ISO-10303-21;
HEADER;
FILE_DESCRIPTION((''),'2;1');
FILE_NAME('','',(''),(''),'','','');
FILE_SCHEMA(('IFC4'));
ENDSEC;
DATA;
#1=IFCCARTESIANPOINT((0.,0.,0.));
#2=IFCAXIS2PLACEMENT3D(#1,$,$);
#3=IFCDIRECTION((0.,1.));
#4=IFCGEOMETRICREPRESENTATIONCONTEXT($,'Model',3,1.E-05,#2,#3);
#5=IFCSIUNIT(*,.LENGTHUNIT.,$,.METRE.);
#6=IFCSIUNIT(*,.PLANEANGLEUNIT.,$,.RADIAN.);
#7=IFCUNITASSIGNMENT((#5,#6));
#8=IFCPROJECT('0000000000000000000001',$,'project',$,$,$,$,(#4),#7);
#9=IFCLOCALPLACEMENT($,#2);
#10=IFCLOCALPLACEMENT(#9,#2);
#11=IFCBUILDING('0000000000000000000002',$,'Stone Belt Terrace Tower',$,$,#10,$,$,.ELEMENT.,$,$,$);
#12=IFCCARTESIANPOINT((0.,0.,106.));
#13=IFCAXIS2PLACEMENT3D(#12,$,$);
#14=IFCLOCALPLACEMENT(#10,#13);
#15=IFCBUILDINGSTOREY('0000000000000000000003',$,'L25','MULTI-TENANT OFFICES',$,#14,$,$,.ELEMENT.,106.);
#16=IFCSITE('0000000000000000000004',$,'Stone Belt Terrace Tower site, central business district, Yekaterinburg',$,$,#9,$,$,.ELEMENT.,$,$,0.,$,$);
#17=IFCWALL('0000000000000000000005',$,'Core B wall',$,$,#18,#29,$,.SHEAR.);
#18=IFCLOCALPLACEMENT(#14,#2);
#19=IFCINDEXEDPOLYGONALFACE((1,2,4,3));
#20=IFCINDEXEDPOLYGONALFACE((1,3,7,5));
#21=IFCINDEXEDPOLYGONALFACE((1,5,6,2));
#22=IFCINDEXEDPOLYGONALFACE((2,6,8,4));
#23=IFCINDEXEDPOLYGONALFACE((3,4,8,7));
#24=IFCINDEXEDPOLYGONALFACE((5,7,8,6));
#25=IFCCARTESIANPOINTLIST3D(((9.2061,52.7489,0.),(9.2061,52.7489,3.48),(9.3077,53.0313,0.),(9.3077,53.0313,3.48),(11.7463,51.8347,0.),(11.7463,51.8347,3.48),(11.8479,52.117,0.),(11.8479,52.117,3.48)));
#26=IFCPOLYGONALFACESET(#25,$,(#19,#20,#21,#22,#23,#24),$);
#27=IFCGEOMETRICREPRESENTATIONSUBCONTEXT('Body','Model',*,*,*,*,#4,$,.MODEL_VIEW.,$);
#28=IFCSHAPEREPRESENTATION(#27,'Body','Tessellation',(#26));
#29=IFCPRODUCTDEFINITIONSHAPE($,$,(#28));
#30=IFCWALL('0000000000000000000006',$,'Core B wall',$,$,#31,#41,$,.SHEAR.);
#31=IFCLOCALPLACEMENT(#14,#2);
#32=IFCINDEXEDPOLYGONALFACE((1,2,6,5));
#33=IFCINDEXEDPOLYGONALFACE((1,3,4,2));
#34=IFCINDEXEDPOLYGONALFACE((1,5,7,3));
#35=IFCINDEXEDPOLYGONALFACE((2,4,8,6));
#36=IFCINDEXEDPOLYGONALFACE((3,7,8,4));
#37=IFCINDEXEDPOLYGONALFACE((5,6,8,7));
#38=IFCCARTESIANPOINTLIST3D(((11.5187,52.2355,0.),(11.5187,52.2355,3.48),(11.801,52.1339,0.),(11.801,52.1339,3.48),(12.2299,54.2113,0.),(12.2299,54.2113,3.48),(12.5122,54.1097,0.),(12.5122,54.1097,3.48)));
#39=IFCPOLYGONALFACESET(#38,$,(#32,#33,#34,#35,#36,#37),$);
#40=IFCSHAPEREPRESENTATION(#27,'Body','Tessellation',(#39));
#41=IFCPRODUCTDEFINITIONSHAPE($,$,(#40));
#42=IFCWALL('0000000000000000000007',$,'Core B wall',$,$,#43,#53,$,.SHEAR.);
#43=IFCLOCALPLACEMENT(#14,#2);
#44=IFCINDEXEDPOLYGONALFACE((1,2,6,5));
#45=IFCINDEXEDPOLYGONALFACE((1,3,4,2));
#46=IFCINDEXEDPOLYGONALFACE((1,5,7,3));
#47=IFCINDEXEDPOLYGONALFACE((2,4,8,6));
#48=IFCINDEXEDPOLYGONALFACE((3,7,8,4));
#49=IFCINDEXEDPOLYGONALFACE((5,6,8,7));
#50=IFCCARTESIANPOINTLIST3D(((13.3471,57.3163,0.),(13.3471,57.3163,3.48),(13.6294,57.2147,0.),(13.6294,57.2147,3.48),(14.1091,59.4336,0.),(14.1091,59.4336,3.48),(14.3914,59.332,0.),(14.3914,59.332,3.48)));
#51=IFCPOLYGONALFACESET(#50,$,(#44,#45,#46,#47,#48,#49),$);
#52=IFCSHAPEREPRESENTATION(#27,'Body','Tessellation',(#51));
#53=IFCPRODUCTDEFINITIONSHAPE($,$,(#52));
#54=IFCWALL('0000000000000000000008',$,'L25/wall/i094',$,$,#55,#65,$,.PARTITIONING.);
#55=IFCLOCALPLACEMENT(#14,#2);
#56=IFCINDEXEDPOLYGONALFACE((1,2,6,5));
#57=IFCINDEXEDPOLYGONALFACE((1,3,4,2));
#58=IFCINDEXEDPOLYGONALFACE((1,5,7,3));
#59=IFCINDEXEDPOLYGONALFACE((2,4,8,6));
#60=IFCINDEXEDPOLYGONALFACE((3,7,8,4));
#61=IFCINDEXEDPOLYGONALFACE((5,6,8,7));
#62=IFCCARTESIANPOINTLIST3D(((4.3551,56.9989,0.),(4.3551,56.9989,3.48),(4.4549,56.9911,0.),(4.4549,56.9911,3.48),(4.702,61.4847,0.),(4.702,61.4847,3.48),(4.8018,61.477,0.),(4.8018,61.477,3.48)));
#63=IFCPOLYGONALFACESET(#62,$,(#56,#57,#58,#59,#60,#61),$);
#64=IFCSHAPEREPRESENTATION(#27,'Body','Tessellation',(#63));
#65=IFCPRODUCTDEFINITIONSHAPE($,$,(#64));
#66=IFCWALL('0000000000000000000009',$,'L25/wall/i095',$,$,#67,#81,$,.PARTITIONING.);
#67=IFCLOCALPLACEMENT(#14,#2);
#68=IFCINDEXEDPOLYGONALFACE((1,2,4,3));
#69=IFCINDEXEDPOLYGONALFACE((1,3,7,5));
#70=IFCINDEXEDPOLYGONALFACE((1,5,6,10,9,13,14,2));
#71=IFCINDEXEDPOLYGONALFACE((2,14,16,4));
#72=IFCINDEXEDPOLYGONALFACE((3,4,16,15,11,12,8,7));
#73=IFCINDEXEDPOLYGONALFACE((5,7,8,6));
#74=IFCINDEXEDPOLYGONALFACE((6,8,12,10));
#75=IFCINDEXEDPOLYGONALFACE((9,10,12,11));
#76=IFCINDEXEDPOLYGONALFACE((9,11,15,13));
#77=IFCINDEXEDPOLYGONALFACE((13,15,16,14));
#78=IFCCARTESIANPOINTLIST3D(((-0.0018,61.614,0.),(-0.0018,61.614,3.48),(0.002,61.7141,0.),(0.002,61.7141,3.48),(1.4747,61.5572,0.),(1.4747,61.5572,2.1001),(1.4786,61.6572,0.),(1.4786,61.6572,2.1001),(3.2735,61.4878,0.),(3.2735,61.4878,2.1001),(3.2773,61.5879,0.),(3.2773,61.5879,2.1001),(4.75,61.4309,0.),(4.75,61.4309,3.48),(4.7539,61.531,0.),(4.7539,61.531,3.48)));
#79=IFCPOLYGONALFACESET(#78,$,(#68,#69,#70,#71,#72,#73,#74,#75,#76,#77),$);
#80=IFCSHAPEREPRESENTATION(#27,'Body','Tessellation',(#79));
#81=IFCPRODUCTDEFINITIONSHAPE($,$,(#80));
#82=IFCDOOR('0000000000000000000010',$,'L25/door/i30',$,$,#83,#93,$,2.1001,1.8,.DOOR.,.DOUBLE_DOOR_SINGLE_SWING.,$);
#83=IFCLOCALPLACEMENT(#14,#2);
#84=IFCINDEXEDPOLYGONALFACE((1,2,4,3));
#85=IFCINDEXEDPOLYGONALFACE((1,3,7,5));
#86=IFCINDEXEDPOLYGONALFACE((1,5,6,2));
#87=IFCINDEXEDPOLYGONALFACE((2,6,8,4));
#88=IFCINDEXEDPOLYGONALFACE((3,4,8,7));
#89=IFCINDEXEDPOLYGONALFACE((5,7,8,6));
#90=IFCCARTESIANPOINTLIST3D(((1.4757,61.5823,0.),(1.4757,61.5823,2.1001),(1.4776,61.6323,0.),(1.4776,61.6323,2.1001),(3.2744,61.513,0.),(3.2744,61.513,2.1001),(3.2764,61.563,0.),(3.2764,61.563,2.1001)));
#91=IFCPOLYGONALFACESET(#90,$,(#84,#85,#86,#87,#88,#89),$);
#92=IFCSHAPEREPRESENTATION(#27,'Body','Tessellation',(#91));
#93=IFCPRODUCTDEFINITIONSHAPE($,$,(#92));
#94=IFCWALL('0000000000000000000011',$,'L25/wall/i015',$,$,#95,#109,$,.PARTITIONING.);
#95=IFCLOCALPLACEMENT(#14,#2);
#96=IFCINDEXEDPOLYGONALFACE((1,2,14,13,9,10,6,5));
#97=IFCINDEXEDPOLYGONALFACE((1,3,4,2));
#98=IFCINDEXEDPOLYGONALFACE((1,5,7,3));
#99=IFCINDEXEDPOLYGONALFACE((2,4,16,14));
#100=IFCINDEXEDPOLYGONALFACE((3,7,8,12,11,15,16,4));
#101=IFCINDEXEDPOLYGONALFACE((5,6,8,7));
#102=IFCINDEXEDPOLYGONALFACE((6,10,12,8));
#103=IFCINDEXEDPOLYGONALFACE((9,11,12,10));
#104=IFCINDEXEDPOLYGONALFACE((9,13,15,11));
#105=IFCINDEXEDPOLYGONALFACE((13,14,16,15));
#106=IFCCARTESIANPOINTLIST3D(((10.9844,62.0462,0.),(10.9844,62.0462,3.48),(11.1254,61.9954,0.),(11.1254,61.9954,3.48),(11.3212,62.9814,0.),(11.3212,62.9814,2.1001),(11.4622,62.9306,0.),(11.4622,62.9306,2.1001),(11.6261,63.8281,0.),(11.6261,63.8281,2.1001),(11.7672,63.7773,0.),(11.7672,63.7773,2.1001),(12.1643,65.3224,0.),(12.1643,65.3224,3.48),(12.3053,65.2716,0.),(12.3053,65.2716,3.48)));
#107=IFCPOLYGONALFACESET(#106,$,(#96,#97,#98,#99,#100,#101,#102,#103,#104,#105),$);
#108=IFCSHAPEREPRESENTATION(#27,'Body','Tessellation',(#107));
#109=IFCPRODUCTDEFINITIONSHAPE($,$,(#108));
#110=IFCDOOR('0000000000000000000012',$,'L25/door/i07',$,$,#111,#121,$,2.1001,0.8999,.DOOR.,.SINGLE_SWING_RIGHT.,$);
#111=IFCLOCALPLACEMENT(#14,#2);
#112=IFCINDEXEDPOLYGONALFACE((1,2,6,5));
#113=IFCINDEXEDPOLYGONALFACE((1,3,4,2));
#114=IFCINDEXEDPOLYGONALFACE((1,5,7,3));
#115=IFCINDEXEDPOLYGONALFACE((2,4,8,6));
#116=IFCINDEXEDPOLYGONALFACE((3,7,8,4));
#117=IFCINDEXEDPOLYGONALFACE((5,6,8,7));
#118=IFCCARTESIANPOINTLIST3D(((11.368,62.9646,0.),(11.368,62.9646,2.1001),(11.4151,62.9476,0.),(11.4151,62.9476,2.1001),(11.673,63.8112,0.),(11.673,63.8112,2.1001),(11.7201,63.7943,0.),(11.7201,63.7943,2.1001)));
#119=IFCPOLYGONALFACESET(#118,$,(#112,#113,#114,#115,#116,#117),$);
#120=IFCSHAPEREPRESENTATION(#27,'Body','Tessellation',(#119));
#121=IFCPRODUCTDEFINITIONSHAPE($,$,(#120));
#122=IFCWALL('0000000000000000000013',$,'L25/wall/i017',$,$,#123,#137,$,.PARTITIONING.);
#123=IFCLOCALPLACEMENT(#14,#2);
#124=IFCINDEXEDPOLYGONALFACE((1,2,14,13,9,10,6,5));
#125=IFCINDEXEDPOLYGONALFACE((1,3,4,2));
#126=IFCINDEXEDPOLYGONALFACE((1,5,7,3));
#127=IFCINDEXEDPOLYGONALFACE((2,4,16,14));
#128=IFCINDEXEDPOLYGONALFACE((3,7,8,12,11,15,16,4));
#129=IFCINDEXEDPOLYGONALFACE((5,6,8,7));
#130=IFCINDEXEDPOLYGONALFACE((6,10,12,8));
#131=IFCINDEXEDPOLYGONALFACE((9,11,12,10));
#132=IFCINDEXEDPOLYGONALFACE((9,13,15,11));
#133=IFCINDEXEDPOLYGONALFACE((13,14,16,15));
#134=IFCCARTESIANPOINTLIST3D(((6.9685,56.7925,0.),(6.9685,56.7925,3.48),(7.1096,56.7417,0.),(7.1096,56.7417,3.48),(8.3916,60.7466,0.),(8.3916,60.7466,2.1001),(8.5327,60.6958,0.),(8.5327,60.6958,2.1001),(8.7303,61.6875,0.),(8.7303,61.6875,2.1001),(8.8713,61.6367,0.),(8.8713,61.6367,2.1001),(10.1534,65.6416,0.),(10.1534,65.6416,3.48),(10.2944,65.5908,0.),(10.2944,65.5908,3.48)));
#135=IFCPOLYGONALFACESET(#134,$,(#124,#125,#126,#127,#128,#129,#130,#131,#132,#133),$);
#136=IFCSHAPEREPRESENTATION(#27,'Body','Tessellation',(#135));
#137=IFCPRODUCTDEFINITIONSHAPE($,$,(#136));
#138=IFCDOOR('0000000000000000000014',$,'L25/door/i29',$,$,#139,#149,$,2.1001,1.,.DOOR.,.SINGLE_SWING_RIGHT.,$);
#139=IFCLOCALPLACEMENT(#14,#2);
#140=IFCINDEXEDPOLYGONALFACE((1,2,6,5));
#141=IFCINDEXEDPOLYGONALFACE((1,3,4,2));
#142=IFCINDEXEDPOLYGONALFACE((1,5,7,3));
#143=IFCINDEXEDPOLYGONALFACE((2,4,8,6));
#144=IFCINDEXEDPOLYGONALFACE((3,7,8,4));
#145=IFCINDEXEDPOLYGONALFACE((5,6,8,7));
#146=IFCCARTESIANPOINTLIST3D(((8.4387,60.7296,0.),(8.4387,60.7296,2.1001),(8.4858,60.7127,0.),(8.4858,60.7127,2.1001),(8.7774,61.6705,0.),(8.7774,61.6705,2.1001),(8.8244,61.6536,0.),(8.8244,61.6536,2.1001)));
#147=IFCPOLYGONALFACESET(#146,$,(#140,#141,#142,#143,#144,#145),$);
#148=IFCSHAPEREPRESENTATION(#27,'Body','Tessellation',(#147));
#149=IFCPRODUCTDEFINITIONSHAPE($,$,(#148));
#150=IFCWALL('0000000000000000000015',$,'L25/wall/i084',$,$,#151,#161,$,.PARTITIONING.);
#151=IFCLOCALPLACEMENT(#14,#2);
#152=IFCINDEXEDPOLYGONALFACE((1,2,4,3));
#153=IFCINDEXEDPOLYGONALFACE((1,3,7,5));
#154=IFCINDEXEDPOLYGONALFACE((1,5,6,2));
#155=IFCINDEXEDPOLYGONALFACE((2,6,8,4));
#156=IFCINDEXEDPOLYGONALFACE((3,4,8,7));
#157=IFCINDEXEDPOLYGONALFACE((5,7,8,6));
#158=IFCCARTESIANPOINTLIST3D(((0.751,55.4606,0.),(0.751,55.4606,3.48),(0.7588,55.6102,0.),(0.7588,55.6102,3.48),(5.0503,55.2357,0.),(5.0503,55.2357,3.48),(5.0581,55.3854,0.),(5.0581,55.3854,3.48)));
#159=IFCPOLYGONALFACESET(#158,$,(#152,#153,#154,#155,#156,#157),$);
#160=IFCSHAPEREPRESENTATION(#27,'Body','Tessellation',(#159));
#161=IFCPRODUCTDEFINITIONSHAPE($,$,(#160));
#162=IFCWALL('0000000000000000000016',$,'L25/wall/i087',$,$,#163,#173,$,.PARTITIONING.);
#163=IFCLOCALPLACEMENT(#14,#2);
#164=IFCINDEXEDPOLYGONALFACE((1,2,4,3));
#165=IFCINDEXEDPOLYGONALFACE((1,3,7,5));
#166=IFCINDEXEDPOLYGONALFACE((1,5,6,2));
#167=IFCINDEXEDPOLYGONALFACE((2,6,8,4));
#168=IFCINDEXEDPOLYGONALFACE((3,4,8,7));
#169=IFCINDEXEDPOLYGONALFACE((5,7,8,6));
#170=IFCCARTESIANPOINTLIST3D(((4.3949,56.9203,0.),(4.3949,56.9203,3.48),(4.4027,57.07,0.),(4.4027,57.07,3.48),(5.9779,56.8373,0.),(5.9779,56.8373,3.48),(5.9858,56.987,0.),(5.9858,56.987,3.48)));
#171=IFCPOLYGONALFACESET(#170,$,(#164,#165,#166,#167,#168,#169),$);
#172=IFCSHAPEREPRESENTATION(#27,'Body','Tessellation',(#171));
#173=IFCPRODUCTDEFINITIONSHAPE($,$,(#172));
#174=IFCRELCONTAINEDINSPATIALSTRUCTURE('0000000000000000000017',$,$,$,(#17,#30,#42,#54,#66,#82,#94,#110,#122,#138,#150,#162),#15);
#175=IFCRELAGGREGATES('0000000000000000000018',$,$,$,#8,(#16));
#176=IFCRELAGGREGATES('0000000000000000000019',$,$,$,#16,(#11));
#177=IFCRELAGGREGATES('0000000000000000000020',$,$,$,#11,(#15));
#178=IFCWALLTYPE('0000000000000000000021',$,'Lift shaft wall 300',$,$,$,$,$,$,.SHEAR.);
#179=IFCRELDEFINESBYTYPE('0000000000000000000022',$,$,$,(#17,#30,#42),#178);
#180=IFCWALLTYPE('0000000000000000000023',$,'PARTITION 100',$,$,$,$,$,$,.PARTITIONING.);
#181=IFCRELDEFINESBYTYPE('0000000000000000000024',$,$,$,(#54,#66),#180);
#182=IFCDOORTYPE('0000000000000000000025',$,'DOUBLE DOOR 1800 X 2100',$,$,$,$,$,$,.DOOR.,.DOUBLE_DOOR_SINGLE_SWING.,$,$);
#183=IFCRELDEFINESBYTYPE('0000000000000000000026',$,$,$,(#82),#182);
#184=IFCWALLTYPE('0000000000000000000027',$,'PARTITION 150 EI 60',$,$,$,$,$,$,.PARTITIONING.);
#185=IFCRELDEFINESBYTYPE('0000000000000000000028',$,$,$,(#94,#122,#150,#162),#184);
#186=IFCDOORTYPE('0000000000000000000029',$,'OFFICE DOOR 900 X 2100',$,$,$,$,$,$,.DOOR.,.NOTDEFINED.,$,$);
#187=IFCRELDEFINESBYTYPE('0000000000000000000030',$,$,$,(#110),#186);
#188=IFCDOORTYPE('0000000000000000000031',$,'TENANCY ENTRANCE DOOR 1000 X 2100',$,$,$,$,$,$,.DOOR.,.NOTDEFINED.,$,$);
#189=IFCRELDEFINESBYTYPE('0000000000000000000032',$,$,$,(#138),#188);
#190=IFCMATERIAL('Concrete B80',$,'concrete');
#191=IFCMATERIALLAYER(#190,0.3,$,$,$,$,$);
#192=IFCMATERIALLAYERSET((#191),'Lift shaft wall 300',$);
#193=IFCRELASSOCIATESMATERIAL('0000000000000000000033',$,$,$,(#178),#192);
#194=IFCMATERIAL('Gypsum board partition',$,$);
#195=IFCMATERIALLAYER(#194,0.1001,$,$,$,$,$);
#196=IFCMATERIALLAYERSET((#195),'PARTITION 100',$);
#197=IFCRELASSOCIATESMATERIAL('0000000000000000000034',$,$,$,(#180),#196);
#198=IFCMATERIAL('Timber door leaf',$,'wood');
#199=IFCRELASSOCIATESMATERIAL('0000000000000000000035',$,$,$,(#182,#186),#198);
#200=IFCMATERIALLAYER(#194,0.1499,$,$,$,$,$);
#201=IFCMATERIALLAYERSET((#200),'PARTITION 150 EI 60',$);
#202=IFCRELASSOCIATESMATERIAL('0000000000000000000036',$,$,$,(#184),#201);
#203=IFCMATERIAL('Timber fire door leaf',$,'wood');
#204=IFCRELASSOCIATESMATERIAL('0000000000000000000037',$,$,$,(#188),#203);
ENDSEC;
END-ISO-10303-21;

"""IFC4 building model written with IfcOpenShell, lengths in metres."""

from ifc_helpers import new_model, si_unit, direction, frame, frame_2d, origin, place, context, subcontext, project, spatial, rectangle, extrude, material, layer, layer_set, type_object, element, fill, save


model = new_model("IFC4")

# Units and contexts
model_context = context("Model", 3, precision=1e-05, world=origin(), true_north=direction((0.0, 1.0)))
body_context = subcontext(model_context, "Body", "Model", "MODEL_VIEW")
ifc_project = project(units=[si_unit("LENGTHUNIT", "METRE"), si_unit("PLANEANGLEUNIT", "RADIAN")], contexts=[model_context])

# Site, building, storey
site_placement = place(None, origin())
site = spatial("IfcSite", under=ifc_project, at=site_placement, Name="Stone Belt Terrace Tower site, central business district, Yekaterinburg", CompositionType="ELEMENT", RefElevation=0.0)
building_placement = place(site_placement, origin())
building = spatial("IfcBuilding", under=site, at=building_placement, Name="Stone Belt Terrace Tower", CompositionType="ELEMENT")
storey_placement = place(building_placement, frame((0.0, 0.0, 106.0)))
storey = spatial("IfcBuildingStorey", under=building, at=storey_placement, Name="L25", Description="MULTI-TENANT OFFICES", CompositionType="ELEMENT", Elevation=106.0)

# Shared definitions
ifc_material_1 = material(Name="Concrete B80", Category="concrete")

# Shared definitions
ifc_material_2 = material(Name="Timber door leaf", Category="wood")

# Walls
ifc_layer_1 = layer(ifc_material_1, 0.3)
ifc_layer_set_1 = layer_set([ifc_layer_1], Name="Lift shaft wall 300")
wall_type_1 = type_object("IfcWallType", Name="Lift shaft wall 300", PredefinedType="SHEAR", material=ifc_layer_set_1)
wall_1_placement = place(storey_placement, frame((11.7971, 51.9758, 0.0), z_axis=(0.0, 0.0, 1.0), x_axis=(-0.94091, 0.338655, 0.0)))
element("IfcWall", 1, at=wall_1_placement, inside=storey, type_object=wall_type_1, Name="Core B wall", PredefinedType="SHEAR", context=body_context, shape_type="SweptSolid", body=[
    extrude(rectangle(XDim=2.6997, YDim=0.3, at=frame_2d((1.3499, 0.0))), origin(), (0.0, 0.0, 1.0), 3.48),
])
wall_2_placement = place(storey_placement, frame((11.6599, 52.1848, 0.0), z_axis=(0.0, 0.0, 1.0), x_axis=(0.33867, 0.940905, 0.0)))
element("IfcWall", 2, at=wall_2_placement, inside=storey, type_object=wall_type_1, Name="Core B wall", PredefinedType="SHEAR", context=body_context, shape_type="SweptSolid", body=[
    extrude(rectangle(XDim=2.0999, YDim=0.3, at=frame_2d((1.0498, 0.0))), origin(), (0.0, 0.0, 1.0), 3.48),
])
wall_3_placement = place(storey_placement, frame((13.4883, 57.2656, 0.0), z_axis=(0.0, 0.0, 1.0), x_axis=(0.338631, 0.940919, 0.0)))
element("IfcWall", 3, at=wall_3_placement, inside=storey, type_object=wall_type_1, Name="Core B wall", PredefinedType="SHEAR", context=body_context, shape_type="SweptSolid", body=[
    extrude(rectangle(XDim=2.2502, YDim=0.3, at=frame_2d((1.125, 0.0))), origin(), (0.0, 0.0, 1.0), 3.48),
])
ifc_material_3 = material(Name="Gypsum board partition")
ifc_layer_2 = layer(ifc_material_3, 0.1001)
ifc_layer_set_2 = layer_set([ifc_layer_2], Name="PARTITION 100")
wall_type_2 = type_object("IfcWallType", Name="PARTITION 100", PredefinedType="PARTITIONING", material=ifc_layer_set_2)
wall_4_placement = place(storey_placement, frame((4.405, 56.9951, 0.0), z_axis=(0.0, 0.0, 1.0), x_axis=(0.077107, 0.997023, 0.0)))
element("IfcWall", 4, at=wall_4_placement, inside=storey, type_object=wall_type_2, Name="L25/wall/i094", PredefinedType="PARTITIONING", context=body_context, shape_type="SweptSolid", body=[
    extrude(rectangle(XDim=4.4993, YDim=0.1001, at=frame_2d((2.2495, 0.0))), origin(), (0.0, 0.0, 1.0), 3.48),
])

# Walls, openings, doors
wall_5_placement = place(storey_placement, frame((4.752, 61.481, 0.0), z_axis=(0.0, 0.0, 1.0), x_axis=(-0.999258, 0.038504, 0.0)))
wall_5 = element("IfcWall", 5, at=wall_5_placement, inside=storey, type_object=wall_type_2, Name="L25/wall/i095", PredefinedType="PARTITIONING", context=body_context, shape_type="SweptSolid", body=[
    extrude(rectangle(XDim=4.7554, YDim=0.1001, at=frame_2d((2.3777, 0.0))), origin(), (0.0, 0.0, 1.0), 3.48),
])
opening_1_placement = place(wall_5_placement, frame((1.4778, 0.0, 0.0)))
opening_1 = element("IfcOpeningElement", 6, at=opening_1_placement, cuts=wall_5, PredefinedType="OPENING", context=body_context, shape_type="SweptSolid", body=[
    extrude(rectangle(XDim=1.8, YDim=2.1001, at=frame_2d((0.8999, 1.05))), frame((0.0, 0.0601, 0.0), z_axis=(0.0, -1.0, 0.0), x_axis=(1.0, 0.0, 0.0)), (0.0, 0.0, 1.0), 0.1201),
])
door_type_1 = type_object("IfcDoorType", Name="DOUBLE DOOR 1800 X 2100", OperationType="DOUBLE_DOOR_SINGLE_SWING", PredefinedType="DOOR", material=ifc_material_2)
door_1_placement = place(opening_1_placement, origin())
door_1 = element("IfcDoor", 7, at=door_1_placement, inside=storey, type_object=door_type_1, Name="L25/door/i30", OperationType="DOUBLE_DOOR_SINGLE_SWING", OverallHeight=2.1001, OverallWidth=1.8, PredefinedType="DOOR", context=body_context, shape_type="SweptSolid", body=[
    extrude(rectangle(XDim=1.8, YDim=2.1001, at=frame_2d((0.8999, 1.05))), frame((0.0, 0.0249, 0.0), z_axis=(0.0, -1.0, 0.0), x_axis=(1.0, 0.0, 0.0)), (0.0, 0.0, 1.0), 0.05),
])
fill(opening_1, door_1)
ifc_layer_3 = layer(ifc_material_3, 0.1499)
ifc_layer_set_3 = layer_set([ifc_layer_3], Name="PARTITION 150 EI 60")
wall_type_3 = type_object("IfcWallType", Name="PARTITION 150 EI 60", PredefinedType="PARTITIONING", material=ifc_layer_set_3)
wall_6_placement = place(storey_placement, frame((12.2349, 65.2971, 0.0), z_axis=(0.0, 0.0, 1.0), x_axis=(-0.338854, -0.940839, 0.0)))
wall_6 = element("IfcWall", 8, at=wall_6_placement, inside=storey, type_object=wall_type_3, Name="L25/wall/i015", PredefinedType="PARTITIONING", context=body_context, shape_type="SweptSolid", body=[
    extrude(rectangle(XDim=3.4822, YDim=0.1499, at=frame_2d((1.7412, 0.0))), origin(), (0.0, 0.0, 1.0), 3.48),
])
opening_2_placement = place(wall_6_placement, frame((1.5884, 0.0, 0.0)))
opening_2 = element("IfcOpeningElement", 9, at=opening_2_placement, cuts=wall_6, PredefinedType="OPENING", context=body_context, shape_type="SweptSolid", body=[
    extrude(rectangle(XDim=0.8999, YDim=2.1001, at=frame_2d((0.45, 1.05))), frame((0.0, 0.085, 0.0), z_axis=(0.0, -1.0, 0.0), x_axis=(1.0, 0.0, 0.0)), (0.0, 0.0, 1.0), 0.1699),
])
door_type_2 = type_object("IfcDoorType", Name="OFFICE DOOR 900 X 2100", OperationType="NOTDEFINED", PredefinedType="DOOR", material=ifc_material_2)
door_2_placement = place(opening_2_placement, origin())
door_2 = element("IfcDoor", 10, at=door_2_placement, inside=storey, type_object=door_type_2, Name="L25/door/i07", OperationType="SINGLE_SWING_RIGHT", OverallHeight=2.1001, OverallWidth=0.8999, PredefinedType="DOOR", context=body_context, shape_type="SweptSolid", body=[
    extrude(rectangle(XDim=0.8999, YDim=2.1001, at=frame_2d((0.45, 1.05))), frame((0.0, 0.0249, 0.0), z_axis=(0.0, -1.0, 0.0), x_axis=(1.0, 0.0, 0.0)), (0.0, 0.0, 1.0), 0.05),
])
fill(opening_2, door_2)
wall_7_placement = place(storey_placement, frame((7.0391, 56.7671, 0.0), z_axis=(0.0, 0.0, 1.0), x_axis=(0.338638, 0.940917, 0.0)))
wall_7 = element("IfcWall", 11, at=wall_7_placement, inside=storey, type_object=wall_type_3, Name="L25/wall/i017", PredefinedType="PARTITIONING", context=body_context, shape_type="SweptSolid", body=[
    extrude(rectangle(XDim=9.4048, YDim=0.1499, at=frame_2d((4.7024, 0.0))), origin(), (0.0, 0.0, 1.0), 3.48),
])
opening_3_placement = place(wall_7_placement, frame((4.2024, 0.0, 0.0)))
opening_3 = element("IfcOpeningElement", 12, at=opening_3_placement, cuts=wall_7, PredefinedType="OPENING", context=body_context, shape_type="SweptSolid", body=[
    extrude(rectangle(XDim=1.0, YDim=2.1001, at=frame_2d((0.5, 1.05))), frame((0.0, 0.085, 0.0), z_axis=(0.0, -1.0, 0.0), x_axis=(1.0, 0.0, 0.0)), (0.0, 0.0, 1.0), 0.1699),
])
ifc_material_4 = material(Name="Timber fire door leaf", Category="wood")
door_type_3 = type_object("IfcDoorType", Name="TENANCY ENTRANCE DOOR 1000 X 2100", OperationType="NOTDEFINED", PredefinedType="DOOR", material=ifc_material_4)
door_3_placement = place(opening_3_placement, origin())
door_3 = element("IfcDoor", 13, at=door_3_placement, inside=storey, type_object=door_type_3, Name="L25/door/i29", OperationType="SINGLE_SWING_RIGHT", OverallHeight=2.1001, OverallWidth=1.0, PredefinedType="DOOR", context=body_context, shape_type="SweptSolid", body=[
    extrude(rectangle(XDim=1.0, YDim=2.1001, at=frame_2d((0.5, 1.05))), frame((0.0, 0.0249, 0.0), z_axis=(0.0, -1.0, 0.0), x_axis=(1.0, 0.0, 0.0)), (0.0, 0.0, 1.0), 0.05),
])
fill(opening_3, door_3)

# Walls
wall_8_placement = place(storey_placement, frame((5.0542, 55.3105, 0.0), z_axis=(0.0, 0.0, 1.0), x_axis=(-0.998635, 0.052228, 0.0)))
element("IfcWall", 14, at=wall_8_placement, inside=storey, type_object=wall_type_3, Name="L25/wall/i084", PredefinedType="PARTITIONING", context=body_context, shape_type="SweptSolid", body=[
    extrude(rectangle(XDim=4.3052, YDim=0.1499, at=frame_2d((2.1526, 0.0))), origin(), (0.0, 0.0, 1.0), 3.48),
])
wall_9_placement = place(storey_placement, frame((4.3989, 56.9951, 0.0), z_axis=(0.0, 0.0, 1.0), x_axis=(0.998628, -0.052365, 0.0)))
element("IfcWall", 15, at=wall_9_placement, inside=storey, type_object=wall_type_3, Name="L25/wall/i087", PredefinedType="PARTITIONING", context=body_context, shape_type="SweptSolid", body=[
    extrude(rectangle(XDim=1.5852, YDim=0.1499, at=frame_2d((0.7925, 0.0))), origin(), (0.0, 0.0, 1.0), 3.48),
])

save(model, "model.ifc")
